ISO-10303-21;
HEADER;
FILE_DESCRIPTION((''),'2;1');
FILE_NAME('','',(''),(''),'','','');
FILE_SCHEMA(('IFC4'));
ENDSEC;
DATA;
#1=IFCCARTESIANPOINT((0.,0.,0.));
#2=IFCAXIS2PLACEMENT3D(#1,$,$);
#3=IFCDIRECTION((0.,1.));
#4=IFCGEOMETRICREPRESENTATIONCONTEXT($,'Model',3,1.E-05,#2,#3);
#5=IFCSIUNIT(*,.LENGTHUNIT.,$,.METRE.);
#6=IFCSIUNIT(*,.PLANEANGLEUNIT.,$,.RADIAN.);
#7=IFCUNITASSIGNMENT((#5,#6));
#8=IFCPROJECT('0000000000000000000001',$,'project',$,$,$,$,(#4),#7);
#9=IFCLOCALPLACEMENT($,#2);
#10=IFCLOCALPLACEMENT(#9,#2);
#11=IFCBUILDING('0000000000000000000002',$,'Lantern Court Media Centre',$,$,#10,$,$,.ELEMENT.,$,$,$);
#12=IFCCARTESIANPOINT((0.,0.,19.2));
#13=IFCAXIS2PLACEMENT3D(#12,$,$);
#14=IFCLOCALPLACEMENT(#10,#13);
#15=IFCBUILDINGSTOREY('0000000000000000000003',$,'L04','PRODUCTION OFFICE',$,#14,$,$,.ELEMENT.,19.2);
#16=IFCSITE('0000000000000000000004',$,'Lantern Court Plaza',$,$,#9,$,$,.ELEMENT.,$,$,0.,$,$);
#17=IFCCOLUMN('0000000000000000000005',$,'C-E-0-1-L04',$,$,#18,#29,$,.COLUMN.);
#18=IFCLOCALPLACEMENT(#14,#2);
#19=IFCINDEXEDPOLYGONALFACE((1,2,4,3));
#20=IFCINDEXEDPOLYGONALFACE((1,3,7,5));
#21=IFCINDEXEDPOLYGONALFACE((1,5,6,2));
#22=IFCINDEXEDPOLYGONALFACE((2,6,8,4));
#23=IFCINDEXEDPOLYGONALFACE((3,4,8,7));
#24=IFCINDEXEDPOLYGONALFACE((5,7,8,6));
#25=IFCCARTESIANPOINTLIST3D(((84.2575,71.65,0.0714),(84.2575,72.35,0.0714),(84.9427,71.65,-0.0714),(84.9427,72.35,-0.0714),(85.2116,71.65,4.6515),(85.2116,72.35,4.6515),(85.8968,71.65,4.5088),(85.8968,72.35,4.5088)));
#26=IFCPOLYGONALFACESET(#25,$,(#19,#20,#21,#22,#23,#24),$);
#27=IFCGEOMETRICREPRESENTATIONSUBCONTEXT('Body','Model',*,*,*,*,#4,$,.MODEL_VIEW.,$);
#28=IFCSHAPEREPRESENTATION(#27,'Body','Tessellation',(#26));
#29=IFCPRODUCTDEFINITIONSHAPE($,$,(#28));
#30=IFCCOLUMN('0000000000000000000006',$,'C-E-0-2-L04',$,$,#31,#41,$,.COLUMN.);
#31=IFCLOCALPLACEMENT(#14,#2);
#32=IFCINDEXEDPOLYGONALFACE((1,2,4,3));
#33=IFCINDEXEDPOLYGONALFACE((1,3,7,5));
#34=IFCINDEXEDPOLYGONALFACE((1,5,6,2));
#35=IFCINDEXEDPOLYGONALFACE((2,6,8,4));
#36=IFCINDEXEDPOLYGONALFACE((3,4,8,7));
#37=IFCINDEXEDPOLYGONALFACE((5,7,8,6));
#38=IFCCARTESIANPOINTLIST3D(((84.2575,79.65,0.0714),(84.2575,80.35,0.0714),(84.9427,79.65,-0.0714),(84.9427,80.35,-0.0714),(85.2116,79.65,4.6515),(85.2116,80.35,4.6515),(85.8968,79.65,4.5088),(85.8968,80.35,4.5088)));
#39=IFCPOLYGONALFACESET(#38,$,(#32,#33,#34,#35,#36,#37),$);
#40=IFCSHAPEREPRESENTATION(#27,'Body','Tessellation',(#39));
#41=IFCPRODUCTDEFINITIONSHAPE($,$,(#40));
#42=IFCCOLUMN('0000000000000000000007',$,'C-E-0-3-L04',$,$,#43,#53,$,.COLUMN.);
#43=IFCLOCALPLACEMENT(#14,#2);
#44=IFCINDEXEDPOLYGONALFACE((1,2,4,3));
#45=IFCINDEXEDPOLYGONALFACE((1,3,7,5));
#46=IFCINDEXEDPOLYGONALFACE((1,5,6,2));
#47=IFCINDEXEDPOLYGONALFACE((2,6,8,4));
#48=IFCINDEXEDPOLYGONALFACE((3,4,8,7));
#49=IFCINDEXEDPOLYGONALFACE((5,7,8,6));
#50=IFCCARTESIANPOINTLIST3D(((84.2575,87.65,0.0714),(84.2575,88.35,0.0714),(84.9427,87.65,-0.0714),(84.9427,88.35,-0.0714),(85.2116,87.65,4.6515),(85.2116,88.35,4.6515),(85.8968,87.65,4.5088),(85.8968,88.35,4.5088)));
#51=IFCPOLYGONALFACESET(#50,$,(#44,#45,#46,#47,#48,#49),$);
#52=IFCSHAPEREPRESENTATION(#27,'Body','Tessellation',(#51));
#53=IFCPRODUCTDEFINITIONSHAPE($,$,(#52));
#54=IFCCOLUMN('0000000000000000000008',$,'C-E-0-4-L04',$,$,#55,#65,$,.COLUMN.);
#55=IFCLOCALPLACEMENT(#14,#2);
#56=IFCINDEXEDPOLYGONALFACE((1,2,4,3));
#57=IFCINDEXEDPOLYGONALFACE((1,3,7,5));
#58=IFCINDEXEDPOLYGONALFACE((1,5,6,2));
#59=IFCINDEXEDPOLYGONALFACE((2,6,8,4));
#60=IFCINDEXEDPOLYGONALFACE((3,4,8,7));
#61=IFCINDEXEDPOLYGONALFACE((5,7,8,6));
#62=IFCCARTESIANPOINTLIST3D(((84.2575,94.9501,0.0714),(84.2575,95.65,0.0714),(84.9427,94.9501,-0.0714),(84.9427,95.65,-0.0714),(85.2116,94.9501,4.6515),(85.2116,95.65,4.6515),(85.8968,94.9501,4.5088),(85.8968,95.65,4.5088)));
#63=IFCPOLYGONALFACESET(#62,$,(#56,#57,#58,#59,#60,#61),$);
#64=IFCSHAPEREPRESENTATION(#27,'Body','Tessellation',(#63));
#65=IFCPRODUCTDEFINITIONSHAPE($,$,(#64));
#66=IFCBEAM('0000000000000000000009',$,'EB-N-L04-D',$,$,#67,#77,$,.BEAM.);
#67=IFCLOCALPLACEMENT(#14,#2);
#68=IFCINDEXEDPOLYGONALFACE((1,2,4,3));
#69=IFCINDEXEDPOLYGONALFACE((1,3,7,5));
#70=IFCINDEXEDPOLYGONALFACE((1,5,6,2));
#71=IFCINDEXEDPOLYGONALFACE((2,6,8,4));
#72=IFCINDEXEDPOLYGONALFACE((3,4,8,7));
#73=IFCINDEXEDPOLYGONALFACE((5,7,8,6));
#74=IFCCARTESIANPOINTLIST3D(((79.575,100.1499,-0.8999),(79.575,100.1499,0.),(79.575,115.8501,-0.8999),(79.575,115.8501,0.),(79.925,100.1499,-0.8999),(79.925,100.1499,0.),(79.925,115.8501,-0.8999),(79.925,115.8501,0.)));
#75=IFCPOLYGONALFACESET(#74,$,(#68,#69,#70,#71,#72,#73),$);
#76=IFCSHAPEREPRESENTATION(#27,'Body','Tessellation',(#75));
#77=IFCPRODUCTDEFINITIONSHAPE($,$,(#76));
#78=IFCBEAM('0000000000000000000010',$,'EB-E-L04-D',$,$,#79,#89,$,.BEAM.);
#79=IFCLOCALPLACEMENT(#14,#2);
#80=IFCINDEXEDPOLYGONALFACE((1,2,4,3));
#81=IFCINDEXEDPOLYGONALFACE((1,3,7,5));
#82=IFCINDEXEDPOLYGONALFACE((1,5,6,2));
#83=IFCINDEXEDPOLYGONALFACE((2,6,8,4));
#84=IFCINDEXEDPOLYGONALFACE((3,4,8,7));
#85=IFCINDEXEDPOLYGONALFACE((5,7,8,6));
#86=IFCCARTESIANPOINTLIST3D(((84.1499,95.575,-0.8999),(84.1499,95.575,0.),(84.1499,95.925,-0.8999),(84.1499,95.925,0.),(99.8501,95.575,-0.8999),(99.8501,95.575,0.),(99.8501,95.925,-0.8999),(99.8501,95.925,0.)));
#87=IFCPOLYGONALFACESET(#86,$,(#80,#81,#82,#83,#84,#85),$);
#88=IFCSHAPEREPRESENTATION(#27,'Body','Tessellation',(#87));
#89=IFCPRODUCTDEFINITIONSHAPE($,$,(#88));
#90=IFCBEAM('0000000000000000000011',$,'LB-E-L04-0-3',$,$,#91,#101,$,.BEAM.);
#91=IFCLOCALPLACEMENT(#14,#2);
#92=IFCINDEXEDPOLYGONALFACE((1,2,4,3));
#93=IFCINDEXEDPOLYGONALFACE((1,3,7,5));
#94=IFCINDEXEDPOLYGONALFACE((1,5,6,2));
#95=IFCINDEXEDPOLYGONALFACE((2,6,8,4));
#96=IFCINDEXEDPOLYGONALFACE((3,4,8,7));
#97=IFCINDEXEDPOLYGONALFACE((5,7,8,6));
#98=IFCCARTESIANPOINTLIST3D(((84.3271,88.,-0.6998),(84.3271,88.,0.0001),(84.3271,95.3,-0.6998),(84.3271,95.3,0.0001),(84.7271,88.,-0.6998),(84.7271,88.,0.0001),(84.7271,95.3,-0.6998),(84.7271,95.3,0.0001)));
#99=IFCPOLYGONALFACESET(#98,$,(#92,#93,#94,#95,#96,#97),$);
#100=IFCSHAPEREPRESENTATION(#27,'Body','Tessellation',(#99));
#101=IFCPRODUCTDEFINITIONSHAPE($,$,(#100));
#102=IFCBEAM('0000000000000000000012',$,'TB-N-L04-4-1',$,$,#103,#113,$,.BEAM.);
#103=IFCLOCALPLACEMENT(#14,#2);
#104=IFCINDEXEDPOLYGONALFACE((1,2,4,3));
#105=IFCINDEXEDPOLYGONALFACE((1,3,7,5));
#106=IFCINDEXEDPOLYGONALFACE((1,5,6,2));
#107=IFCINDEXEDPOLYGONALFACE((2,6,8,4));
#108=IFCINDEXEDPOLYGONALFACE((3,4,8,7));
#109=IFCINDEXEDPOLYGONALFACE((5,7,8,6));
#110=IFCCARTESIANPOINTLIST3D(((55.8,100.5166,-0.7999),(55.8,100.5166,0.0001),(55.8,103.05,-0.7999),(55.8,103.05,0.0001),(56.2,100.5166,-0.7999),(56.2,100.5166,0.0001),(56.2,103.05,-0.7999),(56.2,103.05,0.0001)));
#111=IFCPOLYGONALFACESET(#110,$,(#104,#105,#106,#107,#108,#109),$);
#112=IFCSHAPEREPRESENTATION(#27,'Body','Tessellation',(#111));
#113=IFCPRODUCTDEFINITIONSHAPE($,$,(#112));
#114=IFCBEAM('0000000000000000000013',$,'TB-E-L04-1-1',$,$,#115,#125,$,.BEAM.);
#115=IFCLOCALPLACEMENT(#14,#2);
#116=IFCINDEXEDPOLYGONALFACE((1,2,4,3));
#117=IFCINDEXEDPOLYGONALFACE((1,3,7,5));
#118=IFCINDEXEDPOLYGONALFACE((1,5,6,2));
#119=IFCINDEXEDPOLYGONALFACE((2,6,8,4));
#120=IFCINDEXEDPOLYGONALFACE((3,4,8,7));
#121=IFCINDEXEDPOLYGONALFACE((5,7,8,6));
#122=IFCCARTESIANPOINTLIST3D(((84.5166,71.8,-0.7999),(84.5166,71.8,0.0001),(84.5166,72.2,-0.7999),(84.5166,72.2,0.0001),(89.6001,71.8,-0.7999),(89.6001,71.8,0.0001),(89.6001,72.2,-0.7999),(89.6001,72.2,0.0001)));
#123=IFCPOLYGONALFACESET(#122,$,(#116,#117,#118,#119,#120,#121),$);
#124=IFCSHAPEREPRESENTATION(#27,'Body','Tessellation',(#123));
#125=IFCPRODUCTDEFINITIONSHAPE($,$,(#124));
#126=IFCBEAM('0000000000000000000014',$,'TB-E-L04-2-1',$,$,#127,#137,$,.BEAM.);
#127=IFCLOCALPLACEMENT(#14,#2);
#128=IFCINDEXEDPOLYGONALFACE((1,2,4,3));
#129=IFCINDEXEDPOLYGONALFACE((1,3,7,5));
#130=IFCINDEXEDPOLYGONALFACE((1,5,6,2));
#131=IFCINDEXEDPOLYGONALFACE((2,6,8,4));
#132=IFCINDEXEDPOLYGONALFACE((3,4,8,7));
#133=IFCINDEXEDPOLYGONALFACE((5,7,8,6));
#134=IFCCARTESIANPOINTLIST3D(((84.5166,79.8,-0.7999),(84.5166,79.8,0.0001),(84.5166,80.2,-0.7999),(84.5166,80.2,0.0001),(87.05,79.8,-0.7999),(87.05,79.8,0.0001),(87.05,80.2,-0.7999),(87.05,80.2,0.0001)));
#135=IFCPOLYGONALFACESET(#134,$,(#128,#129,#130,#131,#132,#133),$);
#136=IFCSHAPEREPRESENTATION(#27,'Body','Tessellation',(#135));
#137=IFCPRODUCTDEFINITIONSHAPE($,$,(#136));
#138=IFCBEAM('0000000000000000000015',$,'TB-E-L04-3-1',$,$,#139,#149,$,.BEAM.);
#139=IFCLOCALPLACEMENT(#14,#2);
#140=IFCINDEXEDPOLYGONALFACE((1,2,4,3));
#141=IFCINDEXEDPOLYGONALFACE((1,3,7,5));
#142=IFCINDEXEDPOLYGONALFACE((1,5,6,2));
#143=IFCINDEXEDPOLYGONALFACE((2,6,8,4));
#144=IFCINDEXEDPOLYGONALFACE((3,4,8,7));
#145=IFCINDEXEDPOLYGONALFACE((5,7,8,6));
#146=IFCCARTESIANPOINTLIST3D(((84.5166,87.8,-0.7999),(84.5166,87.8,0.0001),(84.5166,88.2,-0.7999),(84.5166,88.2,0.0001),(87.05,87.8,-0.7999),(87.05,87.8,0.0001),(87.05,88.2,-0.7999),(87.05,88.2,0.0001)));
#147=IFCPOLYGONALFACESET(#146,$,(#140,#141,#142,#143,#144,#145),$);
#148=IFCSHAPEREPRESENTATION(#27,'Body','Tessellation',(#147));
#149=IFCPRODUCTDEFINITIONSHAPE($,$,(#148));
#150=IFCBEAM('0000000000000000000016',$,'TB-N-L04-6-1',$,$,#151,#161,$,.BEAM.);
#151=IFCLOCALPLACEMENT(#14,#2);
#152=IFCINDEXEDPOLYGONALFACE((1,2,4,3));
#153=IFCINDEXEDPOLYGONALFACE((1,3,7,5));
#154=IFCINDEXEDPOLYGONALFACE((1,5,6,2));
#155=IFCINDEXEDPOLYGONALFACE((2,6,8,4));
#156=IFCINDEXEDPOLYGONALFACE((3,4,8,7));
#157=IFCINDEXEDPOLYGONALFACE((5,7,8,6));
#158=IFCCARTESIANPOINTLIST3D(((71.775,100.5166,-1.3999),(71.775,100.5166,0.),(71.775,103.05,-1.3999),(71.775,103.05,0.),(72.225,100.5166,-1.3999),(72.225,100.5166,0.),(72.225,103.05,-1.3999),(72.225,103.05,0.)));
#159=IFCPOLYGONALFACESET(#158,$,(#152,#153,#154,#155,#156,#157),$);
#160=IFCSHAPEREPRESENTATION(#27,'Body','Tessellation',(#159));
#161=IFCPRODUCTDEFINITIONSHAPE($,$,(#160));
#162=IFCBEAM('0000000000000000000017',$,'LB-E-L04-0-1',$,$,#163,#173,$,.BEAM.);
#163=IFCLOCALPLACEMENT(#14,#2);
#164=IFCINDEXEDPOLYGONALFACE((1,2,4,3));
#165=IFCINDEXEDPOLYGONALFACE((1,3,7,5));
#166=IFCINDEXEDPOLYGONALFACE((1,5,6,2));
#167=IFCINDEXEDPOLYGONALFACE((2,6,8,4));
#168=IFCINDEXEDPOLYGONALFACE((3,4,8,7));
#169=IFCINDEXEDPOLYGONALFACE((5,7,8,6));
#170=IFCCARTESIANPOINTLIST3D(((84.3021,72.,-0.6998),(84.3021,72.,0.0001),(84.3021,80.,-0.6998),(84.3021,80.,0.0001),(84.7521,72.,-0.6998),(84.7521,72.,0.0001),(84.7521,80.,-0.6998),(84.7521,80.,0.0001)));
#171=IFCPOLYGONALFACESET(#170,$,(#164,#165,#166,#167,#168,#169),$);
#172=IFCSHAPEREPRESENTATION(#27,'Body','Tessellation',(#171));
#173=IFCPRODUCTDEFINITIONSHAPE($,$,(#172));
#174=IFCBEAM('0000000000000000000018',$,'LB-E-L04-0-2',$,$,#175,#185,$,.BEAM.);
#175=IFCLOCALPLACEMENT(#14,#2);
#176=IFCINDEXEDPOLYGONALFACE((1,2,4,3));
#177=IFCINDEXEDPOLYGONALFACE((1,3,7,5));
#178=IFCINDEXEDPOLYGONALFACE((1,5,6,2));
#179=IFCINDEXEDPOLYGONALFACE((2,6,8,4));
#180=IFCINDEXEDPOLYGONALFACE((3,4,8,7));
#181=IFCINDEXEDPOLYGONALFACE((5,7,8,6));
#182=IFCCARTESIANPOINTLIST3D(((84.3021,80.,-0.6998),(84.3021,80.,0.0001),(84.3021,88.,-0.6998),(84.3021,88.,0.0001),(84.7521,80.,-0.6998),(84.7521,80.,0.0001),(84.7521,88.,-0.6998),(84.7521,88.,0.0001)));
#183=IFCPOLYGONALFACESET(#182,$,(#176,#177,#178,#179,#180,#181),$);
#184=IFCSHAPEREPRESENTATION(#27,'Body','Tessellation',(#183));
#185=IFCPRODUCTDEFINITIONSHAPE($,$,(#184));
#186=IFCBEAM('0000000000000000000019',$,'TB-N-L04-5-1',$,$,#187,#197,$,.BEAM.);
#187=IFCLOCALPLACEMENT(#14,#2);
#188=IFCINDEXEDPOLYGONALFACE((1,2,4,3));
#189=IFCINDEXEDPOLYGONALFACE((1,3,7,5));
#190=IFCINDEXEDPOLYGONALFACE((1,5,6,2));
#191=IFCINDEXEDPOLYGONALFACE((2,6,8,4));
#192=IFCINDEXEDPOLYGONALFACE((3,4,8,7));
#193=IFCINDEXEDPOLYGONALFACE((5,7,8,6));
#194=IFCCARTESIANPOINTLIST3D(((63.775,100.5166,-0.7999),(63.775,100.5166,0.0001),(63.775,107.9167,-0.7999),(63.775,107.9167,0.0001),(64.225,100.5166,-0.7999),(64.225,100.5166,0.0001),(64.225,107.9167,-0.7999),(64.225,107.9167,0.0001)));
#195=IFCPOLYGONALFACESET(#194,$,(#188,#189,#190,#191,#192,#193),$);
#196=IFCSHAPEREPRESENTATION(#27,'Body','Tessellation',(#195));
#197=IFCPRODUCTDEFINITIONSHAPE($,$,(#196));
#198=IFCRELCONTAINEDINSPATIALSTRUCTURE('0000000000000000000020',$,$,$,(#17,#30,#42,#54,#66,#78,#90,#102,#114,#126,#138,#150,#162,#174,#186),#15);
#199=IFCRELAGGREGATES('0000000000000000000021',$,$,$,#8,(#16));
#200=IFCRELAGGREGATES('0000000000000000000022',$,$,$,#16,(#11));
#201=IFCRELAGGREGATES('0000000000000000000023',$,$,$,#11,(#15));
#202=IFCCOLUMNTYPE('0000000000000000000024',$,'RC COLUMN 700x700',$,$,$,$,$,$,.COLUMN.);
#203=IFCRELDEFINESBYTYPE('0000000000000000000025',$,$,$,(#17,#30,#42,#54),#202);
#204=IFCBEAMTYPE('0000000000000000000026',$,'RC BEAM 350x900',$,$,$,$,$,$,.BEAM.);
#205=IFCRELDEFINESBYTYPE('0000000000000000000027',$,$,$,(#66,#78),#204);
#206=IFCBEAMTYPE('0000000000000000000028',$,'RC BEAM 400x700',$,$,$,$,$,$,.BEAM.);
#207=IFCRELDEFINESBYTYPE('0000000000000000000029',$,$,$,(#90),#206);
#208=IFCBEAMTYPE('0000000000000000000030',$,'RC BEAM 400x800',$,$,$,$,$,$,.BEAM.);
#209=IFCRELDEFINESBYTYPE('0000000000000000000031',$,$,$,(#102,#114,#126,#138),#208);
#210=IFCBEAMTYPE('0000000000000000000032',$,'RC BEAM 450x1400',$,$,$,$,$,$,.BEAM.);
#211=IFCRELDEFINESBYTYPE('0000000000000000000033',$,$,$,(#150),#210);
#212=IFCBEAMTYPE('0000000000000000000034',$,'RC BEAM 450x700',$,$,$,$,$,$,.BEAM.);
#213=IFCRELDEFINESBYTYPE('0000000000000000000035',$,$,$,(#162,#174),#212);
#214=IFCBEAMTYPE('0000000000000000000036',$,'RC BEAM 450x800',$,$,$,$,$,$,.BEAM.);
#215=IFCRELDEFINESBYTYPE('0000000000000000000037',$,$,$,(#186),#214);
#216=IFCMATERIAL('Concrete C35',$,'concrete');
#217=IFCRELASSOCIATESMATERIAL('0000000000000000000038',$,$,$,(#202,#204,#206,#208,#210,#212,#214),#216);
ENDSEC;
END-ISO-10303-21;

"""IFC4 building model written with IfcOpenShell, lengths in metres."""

from ifc_helpers import new_model, si_unit, direction, frame, origin, origin_2d, place, context, subcontext, project, spatial, rectangle, extrude, material, material_profile, profile_set, type_object, element, save


model = new_model("IFC4")

# Units and contexts
model_context = context("Model", 3, precision=1e-05, world=origin(), true_north=direction((0.0, 1.0)))
body_context = subcontext(model_context, "Body", "Model", "MODEL_VIEW")
ifc_project = project(units=[si_unit("LENGTHUNIT", "METRE"), si_unit("PLANEANGLEUNIT", "RADIAN")], contexts=[model_context])

# Site, building, storey
site_placement = place(None, origin())
site = spatial("IfcSite", under=ifc_project, at=site_placement, Name="Lantern Court Plaza", CompositionType="ELEMENT", RefElevation=0.0)
building_placement = place(site_placement, origin())
building = spatial("IfcBuilding", under=site, at=building_placement, Name="Lantern Court Media Centre", CompositionType="ELEMENT")
storey_placement = place(building_placement, frame((0.0, 0.0, 19.2)))
storey = spatial("IfcBuildingStorey", under=building, at=storey_placement, Name="L04", Description="PRODUCTION OFFICE", CompositionType="ELEMENT", Elevation=19.2)

# Columns
ifc_material_1 = material(Name="Concrete C35", Category="concrete")
ifc_material_profile_1 = material_profile(ifc_material_1, rectangle(XDim=0.7, YDim=0.7, at=origin_2d()), Name="RC 700x700")
ifc_profile_set_1 = profile_set([ifc_material_profile_1], Name="Concrete C35")
column_type = type_object("IfcColumnType", Name="RC COLUMN 700x700", PredefinedType="COLUMN", material=ifc_profile_set_1)
for number, where, z_axis, x_axis, name in (
    (1, (84.6001, 72.0, 0.0), (0.203938, 0.0, 0.978984), (0.0, 1.0, 0.0), "C-E-0-1-L04"),
    (2, (84.6001, 80.0, 0.0), (0.203938, 0.0, 0.978984), (0.0, 1.0, 0.0), "C-E-0-2-L04"),
    (3, (84.6001, 88.0, 0.0), (0.203938, 0.0, 0.978984), (0.0, 1.0, 0.0), "C-E-0-3-L04"),
    (4, (84.6001, 95.3, 0.0), (0.203938, 0.0, 0.978984), (0.0, 1.0, 0.0), "C-E-0-4-L04"),
):
    element("IfcColumn", number, at=place(storey_placement, frame(where, z_axis=z_axis, x_axis=x_axis)), inside=storey, type_object=column_type, Name=name, PredefinedType="COLUMN", context=body_context, shape_type="SweptSolid", body=[
        extrude(rectangle(XDim=0.7, YDim=0.7, at=origin_2d()), origin(), (0.0, 0.0, 1.0), 4.6785),
    ])

# Beams
ifc_material_profile_2 = material_profile(ifc_material_1, rectangle(XDim=0.3501, YDim=0.8999, at=origin_2d()), Name="RC 350x900")
ifc_profile_set_2 = profile_set([ifc_material_profile_2], Name="Concrete C35")
beam_type_1 = type_object("IfcBeamType", Name="RC BEAM 350x900", PredefinedType="BEAM", material=ifc_profile_set_2)
for number, where, z_axis, x_axis, name in (
    (5, (79.75, 100.1499, -0.45), (0.0, 1.0, 0.0), (-1.0, 0.0, 0.0), "EB-N-L04-D"),
    (6, (84.1499, 95.75, -0.45), (1.0, 0.0, 0.0), (0.0, 1.0, 0.0), "EB-E-L04-D"),
):
    element("IfcBeam", number, at=place(storey_placement, frame(where, z_axis=z_axis, x_axis=x_axis)), inside=storey, type_object=beam_type_1, Name=name, PredefinedType="BEAM", context=body_context, shape_type="SweptSolid", body=[
        extrude(rectangle(XDim=0.3501, YDim=0.8999, at=origin_2d()), origin(), (0.0, 0.0, 1.0), 15.7002),
    ])
ifc_material_profile_3 = material_profile(ifc_material_1, rectangle(XDim=0.3999, YDim=0.7, at=origin_2d()), Name="RC 400x700")
ifc_profile_set_3 = profile_set([ifc_material_profile_3], Name="Concrete C35")
beam_type_2 = type_object("IfcBeamType", Name="RC BEAM 400x700", PredefinedType="BEAM", material=ifc_profile_set_3)
beam_1_placement = place(storey_placement, frame((84.5271, 88.0, -0.3499), z_axis=(0.0, 1.0, 0.0), x_axis=(-1.0, 0.0, 0.0)))
element("IfcBeam", 7, at=beam_1_placement, inside=storey, type_object=beam_type_2, Name="LB-E-L04-0-3", PredefinedType="BEAM", context=body_context, shape_type="SweptSolid", body=[
    extrude(rectangle(XDim=0.3999, YDim=0.7, at=origin_2d()), origin(), (0.0, 0.0, 1.0), 7.3),
])
ifc_material_profile_4 = material_profile(ifc_material_1, rectangle(XDim=0.3999, YDim=0.8, at=origin_2d()), Name="RC 400x800")
ifc_profile_set_4 = profile_set([ifc_material_profile_4], Name="Concrete C35")
beam_type_3 = type_object("IfcBeamType", Name="RC BEAM 400x800", PredefinedType="BEAM", material=ifc_profile_set_4)
beam_2_placement = place(storey_placement, frame((56.0, 100.5166, -0.3999), z_axis=(0.0, 1.0, 0.0), x_axis=(-1.0, 0.0, 0.0)))
element("IfcBeam", 8, at=beam_2_placement, inside=storey, type_object=beam_type_3, Name="TB-N-L04-4-1", PredefinedType="BEAM", context=body_context, shape_type="SweptSolid", body=[
    extrude(rectangle(XDim=0.3999, YDim=0.8, at=origin_2d()), origin(), (0.0, 0.0, 1.0), 2.5334),
])
beam_3_placement = place(storey_placement, frame((84.5166, 72.0, -0.3999), z_axis=(1.0, 0.0, 0.0), x_axis=(0.0, 1.0, 0.0)))
element("IfcBeam", 9, at=beam_3_placement, inside=storey, type_object=beam_type_3, Name="TB-E-L04-1-1", PredefinedType="BEAM", context=body_context, shape_type="SweptSolid", body=[
    extrude(rectangle(XDim=0.3999, YDim=0.8, at=origin_2d()), origin(), (0.0, 0.0, 1.0), 5.0835),
])
for number, where, z_axis, x_axis, name in (
    (10, (84.5166, 80.0, -0.3999), (1.0, 0.0, 0.0), (0.0, 1.0, 0.0), "TB-E-L04-2-1"),
    (11, (84.5166, 88.0, -0.3999), (1.0, 0.0, 0.0), (0.0, 1.0, 0.0), "TB-E-L04-3-1"),
):
    element("IfcBeam", number, at=place(storey_placement, frame(where, z_axis=z_axis, x_axis=x_axis)), inside=storey, type_object=beam_type_3, Name=name, PredefinedType="BEAM", context=body_context, shape_type="SweptSolid", body=[
        extrude(rectangle(XDim=0.3999, YDim=0.8, at=origin_2d()), origin(), (0.0, 0.0, 1.0), 2.5334),
    ])
ifc_material_profile_5 = material_profile(ifc_material_1, rectangle(XDim=0.45, YDim=1.3999, at=origin_2d()), Name="RC 450x1400")
ifc_profile_set_5 = profile_set([ifc_material_profile_5], Name="Concrete C35")
beam_type_4 = type_object("IfcBeamType", Name="RC BEAM 450x1400", PredefinedType="BEAM", material=ifc_profile_set_5)
beam_4_placement = place(storey_placement, frame((72.0, 100.5166, -0.7), z_axis=(0.0, 1.0, 0.0), x_axis=(-1.0, 0.0, 0.0)))
element("IfcBeam", 12, at=beam_4_placement, inside=storey, type_object=beam_type_4, Name="TB-N-L04-6-1", PredefinedType="BEAM", context=body_context, shape_type="SweptSolid", body=[
    extrude(rectangle(XDim=0.45, YDim=1.3999, at=origin_2d()), origin(), (0.0, 0.0, 1.0), 2.5334),
])
ifc_material_profile_6 = material_profile(ifc_material_1, rectangle(XDim=0.45, YDim=0.7, at=origin_2d()), Name="RC 450x700")
ifc_profile_set_6 = profile_set([ifc_material_profile_6], Name="Concrete C35")
beam_type_5 = type_object("IfcBeamType", Name="RC BEAM 450x700", PredefinedType="BEAM", material=ifc_profile_set_6)
for number, where, z_axis, x_axis, name in (
    (13, (84.5271, 72.0, -0.3499), (0.0, 1.0, 0.0), (-1.0, 0.0, 0.0), "LB-E-L04-0-1"),
    (14, (84.5271, 80.0, -0.3499), (0.0, 1.0, 0.0), (-1.0, 0.0, 0.0), "LB-E-L04-0-2"),
):
    element("IfcBeam", number, at=place(storey_placement, frame(where, z_axis=z_axis, x_axis=x_axis)), inside=storey, type_object=beam_type_5, Name=name, PredefinedType="BEAM", context=body_context, shape_type="SweptSolid", body=[
        extrude(rectangle(XDim=0.45, YDim=0.7, at=origin_2d()), origin(), (0.0, 0.0, 1.0), 8.0),
    ])
ifc_material_profile_7 = material_profile(ifc_material_1, rectangle(XDim=0.45, YDim=0.8, at=origin_2d()), Name="RC 450x800")
ifc_profile_set_7 = profile_set([ifc_material_profile_7], Name="Concrete C35")
beam_type_6 = type_object("IfcBeamType", Name="RC BEAM 450x800", PredefinedType="BEAM", material=ifc_profile_set_7)
for number, where, z_axis, x_axis, name in (
    (15, (64.0, 100.5166, -0.3999), (0.0, 1.0, 0.0), (-1.0, 0.0, 0.0), "TB-N-L04-5-1"),
):
    element("IfcBeam", number, at=place(storey_placement, frame(where, z_axis=z_axis, x_axis=x_axis)), inside=storey, type_object=beam_type_6, Name=name, PredefinedType="BEAM", context=body_context, shape_type="SweptSolid", body=[
        extrude(rectangle(XDim=0.45, YDim=0.8, at=origin_2d()), origin(), (0.0, 0.0, 1.0), 7.4001),
    ])

save(model, "model.ifc")
